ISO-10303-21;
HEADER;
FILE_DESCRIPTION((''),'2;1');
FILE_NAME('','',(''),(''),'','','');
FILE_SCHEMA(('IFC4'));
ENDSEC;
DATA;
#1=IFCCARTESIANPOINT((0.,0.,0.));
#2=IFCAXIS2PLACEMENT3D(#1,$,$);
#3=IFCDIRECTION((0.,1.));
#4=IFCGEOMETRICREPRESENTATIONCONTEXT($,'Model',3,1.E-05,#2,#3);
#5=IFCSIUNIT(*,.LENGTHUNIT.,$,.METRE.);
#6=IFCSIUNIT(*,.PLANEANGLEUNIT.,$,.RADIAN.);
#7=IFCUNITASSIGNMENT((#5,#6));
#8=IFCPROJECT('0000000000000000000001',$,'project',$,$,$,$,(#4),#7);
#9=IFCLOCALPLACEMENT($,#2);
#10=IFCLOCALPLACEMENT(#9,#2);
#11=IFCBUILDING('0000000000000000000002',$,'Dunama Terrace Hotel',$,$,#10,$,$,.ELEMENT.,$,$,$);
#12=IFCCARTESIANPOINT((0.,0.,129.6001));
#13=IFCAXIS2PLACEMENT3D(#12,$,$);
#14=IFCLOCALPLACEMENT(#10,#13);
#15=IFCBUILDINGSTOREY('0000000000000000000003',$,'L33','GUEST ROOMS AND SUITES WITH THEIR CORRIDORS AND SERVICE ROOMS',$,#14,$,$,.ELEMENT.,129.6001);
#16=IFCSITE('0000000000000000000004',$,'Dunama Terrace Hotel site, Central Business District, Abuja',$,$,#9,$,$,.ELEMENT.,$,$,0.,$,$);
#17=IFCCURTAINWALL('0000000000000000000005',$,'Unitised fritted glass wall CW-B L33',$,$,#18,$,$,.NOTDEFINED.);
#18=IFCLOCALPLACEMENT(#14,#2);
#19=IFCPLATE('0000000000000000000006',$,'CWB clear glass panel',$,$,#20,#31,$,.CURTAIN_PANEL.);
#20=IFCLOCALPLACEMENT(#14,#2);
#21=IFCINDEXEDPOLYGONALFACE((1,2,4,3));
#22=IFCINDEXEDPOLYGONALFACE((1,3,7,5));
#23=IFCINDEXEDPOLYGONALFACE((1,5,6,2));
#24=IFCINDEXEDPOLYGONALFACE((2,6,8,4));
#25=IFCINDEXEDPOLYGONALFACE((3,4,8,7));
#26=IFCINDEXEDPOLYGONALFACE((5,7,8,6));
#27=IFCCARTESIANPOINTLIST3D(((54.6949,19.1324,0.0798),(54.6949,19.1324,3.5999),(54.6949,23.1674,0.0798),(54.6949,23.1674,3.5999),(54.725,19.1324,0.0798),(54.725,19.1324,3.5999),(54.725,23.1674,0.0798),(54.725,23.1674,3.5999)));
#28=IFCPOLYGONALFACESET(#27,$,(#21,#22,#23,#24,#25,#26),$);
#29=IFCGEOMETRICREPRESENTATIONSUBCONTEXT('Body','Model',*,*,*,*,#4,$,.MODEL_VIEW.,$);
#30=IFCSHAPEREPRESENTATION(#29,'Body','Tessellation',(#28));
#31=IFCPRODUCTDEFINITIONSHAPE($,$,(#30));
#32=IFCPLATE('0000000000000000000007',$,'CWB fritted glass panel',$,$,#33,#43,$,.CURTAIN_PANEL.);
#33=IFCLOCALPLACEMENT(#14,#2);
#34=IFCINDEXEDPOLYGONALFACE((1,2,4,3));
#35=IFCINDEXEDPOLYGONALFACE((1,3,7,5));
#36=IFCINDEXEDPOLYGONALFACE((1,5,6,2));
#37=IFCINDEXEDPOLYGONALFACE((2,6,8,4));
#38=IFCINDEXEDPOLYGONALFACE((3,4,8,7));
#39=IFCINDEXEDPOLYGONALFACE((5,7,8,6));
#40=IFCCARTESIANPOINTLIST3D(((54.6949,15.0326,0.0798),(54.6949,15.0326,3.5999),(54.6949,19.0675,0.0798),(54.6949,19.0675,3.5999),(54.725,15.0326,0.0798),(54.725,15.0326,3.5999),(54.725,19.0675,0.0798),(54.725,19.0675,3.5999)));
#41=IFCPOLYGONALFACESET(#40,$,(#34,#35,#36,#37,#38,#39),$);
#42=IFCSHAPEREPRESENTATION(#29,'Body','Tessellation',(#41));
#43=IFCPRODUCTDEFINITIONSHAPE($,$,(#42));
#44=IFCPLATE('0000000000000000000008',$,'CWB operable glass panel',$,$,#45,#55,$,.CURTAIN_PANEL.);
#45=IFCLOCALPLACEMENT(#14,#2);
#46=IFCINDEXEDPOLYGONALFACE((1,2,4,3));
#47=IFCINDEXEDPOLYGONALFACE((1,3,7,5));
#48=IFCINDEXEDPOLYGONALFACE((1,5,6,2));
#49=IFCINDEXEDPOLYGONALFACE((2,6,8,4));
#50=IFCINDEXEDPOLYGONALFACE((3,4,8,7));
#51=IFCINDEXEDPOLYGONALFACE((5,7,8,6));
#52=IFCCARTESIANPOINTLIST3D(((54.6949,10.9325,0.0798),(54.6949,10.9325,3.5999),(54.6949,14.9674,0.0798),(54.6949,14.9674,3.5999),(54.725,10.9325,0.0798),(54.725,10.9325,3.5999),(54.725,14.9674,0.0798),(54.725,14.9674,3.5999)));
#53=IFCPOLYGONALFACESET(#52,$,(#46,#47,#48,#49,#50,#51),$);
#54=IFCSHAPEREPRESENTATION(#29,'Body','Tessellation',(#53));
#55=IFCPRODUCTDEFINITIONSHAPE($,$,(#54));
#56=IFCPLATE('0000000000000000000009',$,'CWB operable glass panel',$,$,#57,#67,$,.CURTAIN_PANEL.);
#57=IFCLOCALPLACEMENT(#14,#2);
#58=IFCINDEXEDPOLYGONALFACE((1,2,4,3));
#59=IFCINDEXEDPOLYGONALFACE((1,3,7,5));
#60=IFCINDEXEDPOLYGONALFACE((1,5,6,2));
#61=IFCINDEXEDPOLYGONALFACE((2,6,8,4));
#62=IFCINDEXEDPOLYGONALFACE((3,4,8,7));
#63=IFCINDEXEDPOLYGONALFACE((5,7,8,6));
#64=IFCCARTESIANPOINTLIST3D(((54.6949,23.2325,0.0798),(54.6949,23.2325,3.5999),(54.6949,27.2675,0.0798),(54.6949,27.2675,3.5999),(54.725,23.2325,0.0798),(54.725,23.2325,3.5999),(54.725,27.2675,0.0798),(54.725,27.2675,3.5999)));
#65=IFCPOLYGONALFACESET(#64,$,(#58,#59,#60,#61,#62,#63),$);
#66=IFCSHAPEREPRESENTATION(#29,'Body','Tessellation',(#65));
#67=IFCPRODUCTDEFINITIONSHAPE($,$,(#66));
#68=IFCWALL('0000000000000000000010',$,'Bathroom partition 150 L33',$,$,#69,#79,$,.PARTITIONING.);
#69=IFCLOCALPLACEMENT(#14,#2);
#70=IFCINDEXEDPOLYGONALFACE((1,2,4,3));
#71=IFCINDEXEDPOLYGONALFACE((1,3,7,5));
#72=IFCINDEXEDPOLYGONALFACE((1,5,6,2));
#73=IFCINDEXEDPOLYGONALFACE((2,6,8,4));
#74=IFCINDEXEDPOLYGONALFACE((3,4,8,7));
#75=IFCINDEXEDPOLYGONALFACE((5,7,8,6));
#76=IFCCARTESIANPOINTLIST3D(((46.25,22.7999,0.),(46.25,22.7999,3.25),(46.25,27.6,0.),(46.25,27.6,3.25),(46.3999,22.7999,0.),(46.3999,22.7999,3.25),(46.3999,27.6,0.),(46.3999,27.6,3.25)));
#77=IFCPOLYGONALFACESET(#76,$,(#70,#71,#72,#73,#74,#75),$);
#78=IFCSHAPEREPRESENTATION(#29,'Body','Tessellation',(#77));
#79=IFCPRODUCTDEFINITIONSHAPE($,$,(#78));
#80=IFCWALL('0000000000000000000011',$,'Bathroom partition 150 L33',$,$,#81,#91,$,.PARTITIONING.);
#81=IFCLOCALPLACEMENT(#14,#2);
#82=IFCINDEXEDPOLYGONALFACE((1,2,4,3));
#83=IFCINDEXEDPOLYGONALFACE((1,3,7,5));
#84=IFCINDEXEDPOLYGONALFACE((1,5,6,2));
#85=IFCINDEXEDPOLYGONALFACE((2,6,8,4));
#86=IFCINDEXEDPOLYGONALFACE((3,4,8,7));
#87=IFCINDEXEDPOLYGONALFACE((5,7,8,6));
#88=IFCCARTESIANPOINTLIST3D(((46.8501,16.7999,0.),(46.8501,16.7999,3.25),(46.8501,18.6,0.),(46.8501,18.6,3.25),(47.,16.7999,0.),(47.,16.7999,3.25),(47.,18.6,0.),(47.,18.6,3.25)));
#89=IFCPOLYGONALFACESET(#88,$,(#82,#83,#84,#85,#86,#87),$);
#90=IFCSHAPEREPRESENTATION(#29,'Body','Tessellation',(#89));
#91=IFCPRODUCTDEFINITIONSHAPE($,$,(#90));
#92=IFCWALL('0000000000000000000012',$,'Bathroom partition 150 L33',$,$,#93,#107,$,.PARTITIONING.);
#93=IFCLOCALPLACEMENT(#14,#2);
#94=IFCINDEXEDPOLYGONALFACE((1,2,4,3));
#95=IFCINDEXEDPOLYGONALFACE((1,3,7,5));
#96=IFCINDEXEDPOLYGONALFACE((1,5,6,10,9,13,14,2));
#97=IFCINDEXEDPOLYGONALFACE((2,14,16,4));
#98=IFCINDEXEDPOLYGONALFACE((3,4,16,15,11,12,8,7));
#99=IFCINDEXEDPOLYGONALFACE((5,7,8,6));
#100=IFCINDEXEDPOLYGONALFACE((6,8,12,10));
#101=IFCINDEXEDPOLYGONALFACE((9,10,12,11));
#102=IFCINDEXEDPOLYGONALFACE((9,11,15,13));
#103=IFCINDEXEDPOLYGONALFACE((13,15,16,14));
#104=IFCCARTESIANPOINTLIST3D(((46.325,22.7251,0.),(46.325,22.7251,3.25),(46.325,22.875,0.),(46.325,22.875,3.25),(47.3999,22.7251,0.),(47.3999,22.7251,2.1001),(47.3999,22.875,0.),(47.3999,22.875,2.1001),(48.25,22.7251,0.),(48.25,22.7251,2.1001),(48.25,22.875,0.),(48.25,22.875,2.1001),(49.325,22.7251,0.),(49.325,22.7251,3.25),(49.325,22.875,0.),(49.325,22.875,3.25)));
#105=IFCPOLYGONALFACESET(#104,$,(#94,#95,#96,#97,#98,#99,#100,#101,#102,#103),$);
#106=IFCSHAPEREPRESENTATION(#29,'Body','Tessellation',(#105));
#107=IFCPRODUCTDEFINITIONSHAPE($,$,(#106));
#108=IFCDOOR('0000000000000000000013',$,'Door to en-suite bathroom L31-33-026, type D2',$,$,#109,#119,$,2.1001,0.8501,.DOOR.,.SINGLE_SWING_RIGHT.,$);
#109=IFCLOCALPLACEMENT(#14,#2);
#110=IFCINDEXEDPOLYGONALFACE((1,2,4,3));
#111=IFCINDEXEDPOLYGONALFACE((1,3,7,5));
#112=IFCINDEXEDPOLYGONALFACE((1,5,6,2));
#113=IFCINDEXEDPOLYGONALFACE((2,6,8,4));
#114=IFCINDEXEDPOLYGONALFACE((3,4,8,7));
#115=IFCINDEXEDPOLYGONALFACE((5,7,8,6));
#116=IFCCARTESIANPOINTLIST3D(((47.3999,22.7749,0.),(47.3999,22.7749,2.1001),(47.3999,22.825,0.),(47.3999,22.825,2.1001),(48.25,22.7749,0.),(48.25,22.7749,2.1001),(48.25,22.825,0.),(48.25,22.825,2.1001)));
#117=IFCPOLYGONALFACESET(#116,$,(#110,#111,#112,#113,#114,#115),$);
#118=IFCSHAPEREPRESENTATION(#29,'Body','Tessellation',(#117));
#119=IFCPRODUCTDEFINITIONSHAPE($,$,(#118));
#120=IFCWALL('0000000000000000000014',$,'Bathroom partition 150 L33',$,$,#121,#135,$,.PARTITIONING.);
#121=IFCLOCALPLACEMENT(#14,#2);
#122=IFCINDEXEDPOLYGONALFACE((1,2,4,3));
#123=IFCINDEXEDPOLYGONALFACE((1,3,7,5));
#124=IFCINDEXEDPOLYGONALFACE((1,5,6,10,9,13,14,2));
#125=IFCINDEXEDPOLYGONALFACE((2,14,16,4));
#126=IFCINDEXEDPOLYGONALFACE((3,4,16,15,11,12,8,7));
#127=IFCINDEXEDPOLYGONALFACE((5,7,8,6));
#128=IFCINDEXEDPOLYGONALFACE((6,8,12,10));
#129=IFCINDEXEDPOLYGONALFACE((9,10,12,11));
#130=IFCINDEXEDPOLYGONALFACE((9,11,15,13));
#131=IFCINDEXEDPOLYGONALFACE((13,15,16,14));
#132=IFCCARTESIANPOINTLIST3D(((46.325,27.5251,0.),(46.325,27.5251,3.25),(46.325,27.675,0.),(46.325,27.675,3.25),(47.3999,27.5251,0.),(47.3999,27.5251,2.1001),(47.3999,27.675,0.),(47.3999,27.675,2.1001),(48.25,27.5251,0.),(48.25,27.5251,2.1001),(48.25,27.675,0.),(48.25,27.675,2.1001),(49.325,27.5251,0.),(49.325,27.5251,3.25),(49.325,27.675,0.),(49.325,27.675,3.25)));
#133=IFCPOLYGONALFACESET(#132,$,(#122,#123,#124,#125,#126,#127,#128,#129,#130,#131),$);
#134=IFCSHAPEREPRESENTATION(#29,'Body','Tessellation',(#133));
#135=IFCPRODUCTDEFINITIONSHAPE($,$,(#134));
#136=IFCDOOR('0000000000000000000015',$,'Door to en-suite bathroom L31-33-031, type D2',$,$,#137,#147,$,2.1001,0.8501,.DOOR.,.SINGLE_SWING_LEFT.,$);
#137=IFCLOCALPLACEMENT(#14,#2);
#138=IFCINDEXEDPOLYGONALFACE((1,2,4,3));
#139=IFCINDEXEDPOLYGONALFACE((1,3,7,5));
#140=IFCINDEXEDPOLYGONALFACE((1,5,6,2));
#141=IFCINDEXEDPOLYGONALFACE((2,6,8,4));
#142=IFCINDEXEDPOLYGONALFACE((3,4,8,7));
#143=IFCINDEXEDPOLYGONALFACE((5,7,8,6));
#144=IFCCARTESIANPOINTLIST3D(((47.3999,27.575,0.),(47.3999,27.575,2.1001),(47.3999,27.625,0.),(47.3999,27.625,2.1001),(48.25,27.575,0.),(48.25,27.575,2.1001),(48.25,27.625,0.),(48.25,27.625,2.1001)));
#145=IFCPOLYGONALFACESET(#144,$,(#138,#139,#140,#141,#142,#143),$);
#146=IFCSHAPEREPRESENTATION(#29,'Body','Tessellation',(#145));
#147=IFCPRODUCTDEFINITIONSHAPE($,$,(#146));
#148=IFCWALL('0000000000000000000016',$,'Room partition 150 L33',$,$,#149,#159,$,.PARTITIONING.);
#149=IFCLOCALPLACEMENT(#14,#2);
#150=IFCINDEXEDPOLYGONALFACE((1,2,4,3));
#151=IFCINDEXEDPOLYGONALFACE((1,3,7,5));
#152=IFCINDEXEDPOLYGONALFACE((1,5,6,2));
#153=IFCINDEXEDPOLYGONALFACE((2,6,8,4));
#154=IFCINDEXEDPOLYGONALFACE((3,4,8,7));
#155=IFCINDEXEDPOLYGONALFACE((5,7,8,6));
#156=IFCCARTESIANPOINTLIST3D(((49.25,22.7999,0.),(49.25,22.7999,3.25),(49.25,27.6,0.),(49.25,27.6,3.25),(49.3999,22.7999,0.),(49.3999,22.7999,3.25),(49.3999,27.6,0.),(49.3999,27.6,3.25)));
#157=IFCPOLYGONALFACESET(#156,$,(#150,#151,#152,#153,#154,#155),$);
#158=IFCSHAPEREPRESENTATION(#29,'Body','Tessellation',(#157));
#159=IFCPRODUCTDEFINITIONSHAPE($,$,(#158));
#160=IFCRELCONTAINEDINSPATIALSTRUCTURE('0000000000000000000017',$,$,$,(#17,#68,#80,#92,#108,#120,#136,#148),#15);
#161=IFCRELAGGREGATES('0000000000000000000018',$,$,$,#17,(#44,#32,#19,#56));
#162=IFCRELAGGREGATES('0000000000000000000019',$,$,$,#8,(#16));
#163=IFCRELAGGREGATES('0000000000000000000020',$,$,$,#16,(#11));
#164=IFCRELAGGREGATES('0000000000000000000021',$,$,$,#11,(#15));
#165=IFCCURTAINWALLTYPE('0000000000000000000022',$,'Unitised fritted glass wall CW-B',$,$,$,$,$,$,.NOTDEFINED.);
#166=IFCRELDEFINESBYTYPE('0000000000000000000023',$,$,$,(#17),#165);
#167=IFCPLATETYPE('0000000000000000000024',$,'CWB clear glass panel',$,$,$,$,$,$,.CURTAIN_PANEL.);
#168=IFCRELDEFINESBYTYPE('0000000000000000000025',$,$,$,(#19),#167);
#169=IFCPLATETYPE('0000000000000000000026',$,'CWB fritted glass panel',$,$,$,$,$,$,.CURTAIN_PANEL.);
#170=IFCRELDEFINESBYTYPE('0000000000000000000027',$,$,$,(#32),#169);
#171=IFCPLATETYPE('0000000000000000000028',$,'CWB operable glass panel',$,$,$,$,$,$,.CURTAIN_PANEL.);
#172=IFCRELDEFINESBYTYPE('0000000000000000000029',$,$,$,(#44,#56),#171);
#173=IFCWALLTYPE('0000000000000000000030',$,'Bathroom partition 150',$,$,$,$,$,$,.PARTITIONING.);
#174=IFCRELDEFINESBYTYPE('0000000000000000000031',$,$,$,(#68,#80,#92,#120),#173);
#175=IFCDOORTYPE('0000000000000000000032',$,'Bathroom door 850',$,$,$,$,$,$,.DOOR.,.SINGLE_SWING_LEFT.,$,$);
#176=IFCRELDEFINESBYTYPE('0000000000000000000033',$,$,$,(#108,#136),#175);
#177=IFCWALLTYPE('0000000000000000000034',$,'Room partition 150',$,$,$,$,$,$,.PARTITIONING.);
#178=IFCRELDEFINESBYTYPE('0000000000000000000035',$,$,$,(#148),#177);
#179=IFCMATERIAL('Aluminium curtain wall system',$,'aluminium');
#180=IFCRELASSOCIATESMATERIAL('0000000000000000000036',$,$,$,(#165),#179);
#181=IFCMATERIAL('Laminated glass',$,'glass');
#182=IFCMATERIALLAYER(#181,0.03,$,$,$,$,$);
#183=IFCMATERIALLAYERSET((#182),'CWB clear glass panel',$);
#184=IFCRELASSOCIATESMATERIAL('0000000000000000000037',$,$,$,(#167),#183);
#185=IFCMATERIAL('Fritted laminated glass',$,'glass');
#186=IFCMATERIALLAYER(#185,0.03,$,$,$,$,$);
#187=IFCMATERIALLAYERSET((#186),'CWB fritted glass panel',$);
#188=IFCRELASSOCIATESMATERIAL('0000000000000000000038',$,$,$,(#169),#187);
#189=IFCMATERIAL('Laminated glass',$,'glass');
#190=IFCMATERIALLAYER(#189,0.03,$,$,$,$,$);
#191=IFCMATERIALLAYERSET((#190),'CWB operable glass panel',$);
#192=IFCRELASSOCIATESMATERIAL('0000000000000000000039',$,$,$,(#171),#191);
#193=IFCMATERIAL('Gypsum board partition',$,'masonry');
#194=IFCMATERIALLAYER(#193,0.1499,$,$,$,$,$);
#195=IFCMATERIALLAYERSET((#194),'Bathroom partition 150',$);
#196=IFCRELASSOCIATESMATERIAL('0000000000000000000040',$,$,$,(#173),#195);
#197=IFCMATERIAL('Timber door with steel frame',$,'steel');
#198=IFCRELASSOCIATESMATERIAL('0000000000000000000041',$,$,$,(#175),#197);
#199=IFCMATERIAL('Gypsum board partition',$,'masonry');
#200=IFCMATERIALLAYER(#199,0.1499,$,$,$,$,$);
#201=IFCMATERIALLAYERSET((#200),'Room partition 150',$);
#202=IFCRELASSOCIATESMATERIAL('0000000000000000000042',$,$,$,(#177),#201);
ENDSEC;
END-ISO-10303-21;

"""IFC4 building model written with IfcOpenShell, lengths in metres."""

from ifc_helpers import new_model, si_unit, direction, frame, frame_2d, origin, origin_2d, place, context, subcontext, project, spatial, rectangle, extrude, material, layer, layer_set, type_object, element, fill, aggregate, save


model = new_model("IFC4")

# Units and contexts
model_context = context("Model", 3, precision=1e-05, world=origin(), true_north=direction((0.0, 1.0)))
body_context = subcontext(model_context, "Body", "Model", "MODEL_VIEW")
ifc_project = project(units=[si_unit("LENGTHUNIT", "METRE"), si_unit("PLANEANGLEUNIT", "RADIAN")], contexts=[model_context])

# Site, building, storey
site_placement = place(None, origin())
site = spatial("IfcSite", under=ifc_project, at=site_placement, Name="Dunama Terrace Hotel site, Central Business District, Abuja", CompositionType="ELEMENT", RefElevation=0.0)
building_placement = place(site_placement, origin())
building = spatial("IfcBuilding", under=site, at=building_placement, Name="Dunama Terrace Hotel", CompositionType="ELEMENT")
storey_placement = place(building_placement, frame((0.0, 0.0, 129.6001)))
storey = spatial("IfcBuildingStorey", under=building, at=storey_placement, Name="L33", Description="GUEST ROOMS AND SUITES WITH THEIR CORRIDORS AND SERVICE ROOMS", CompositionType="ELEMENT", Elevation=129.6001)

# Curtain wall
ifc_material_1 = material(Name="Aluminium curtain wall system", Category="aluminium")
curtain_wall_type = type_object("IfcCurtainWallType", Name="Unitised fritted glass wall CW-B", PredefinedType="NOTDEFINED", material=ifc_material_1)
curtain_wall_placement = place(storey_placement, origin())
curtain_wall = element("IfcCurtainWall", 1, at=curtain_wall_placement, inside=storey, type_object=curtain_wall_type, Name="Unitised fritted glass wall CW-B L33", PredefinedType="NOTDEFINED")

# Plates
ifc_material_2 = material(Name="Laminated glass", Category="glass")
ifc_layer_1 = layer(ifc_material_2, 0.03)
ifc_layer_set_1 = layer_set([ifc_layer_1], Name="CWB clear glass panel")
plate_type_1 = type_object("IfcPlateType", Name="CWB clear glass panel", PredefinedType="CURTAIN_PANEL", material=ifc_layer_set_1)
plate_1_placement = place(storey_placement, frame((54.71, 21.1499, 0.0798), z_axis=(0.0, 0.0, 1.0), x_axis=(0.0, 1.0, 0.0)))
plate_1 = element("IfcPlate", 2, at=plate_1_placement, type_object=plate_type_1, Name="CWB clear glass panel", PredefinedType="CURTAIN_PANEL", context=body_context, shape_type="SweptSolid", body=[
    extrude(rectangle(XDim=4.0349, YDim=0.03, at=origin_2d()), origin(), (0.0, 0.0, 1.0), 3.52),
])
ifc_material_3 = material(Name="Fritted laminated glass", Category="glass")
ifc_layer_2 = layer(ifc_material_3, 0.03)
ifc_layer_set_2 = layer_set([ifc_layer_2], Name="CWB fritted glass panel")
plate_type_2 = type_object("IfcPlateType", Name="CWB fritted glass panel", PredefinedType="CURTAIN_PANEL", material=ifc_layer_set_2)
plate_2_placement = place(storey_placement, frame((54.71, 17.05, 0.0798), z_axis=(0.0, 0.0, 1.0), x_axis=(0.0, 1.0, 0.0)))
plate_2 = element("IfcPlate", 3, at=plate_2_placement, type_object=plate_type_2, Name="CWB fritted glass panel", PredefinedType="CURTAIN_PANEL", context=body_context, shape_type="SweptSolid", body=[
    extrude(rectangle(XDim=4.0349, YDim=0.03, at=origin_2d()), origin(), (0.0, 0.0, 1.0), 3.52),
])
ifc_material_4 = material(Name="Laminated glass", Category="glass")
ifc_layer_3 = layer(ifc_material_4, 0.03)
ifc_layer_set_3 = layer_set([ifc_layer_3], Name="CWB operable glass panel")
plate_type_3 = type_object("IfcPlateType", Name="CWB operable glass panel", PredefinedType="CURTAIN_PANEL", material=ifc_layer_set_3)
plate_3_placement = place(storey_placement, frame((54.71, 12.95, 0.0798), z_axis=(0.0, 0.0, 1.0), x_axis=(0.0, 1.0, 0.0)))
plate_3 = element("IfcPlate", 4, at=plate_3_placement, type_object=plate_type_3, Name="CWB operable glass panel", PredefinedType="CURTAIN_PANEL", context=body_context, shape_type="SweptSolid", body=[
    extrude(rectangle(XDim=4.0349, YDim=0.03, at=origin_2d()), origin(), (0.0, 0.0, 1.0), 3.52),
])
plate_4_placement = place(storey_placement, frame((54.71, 25.25, 0.0798), z_axis=(0.0, 0.0, 1.0), x_axis=(0.0, 1.0, 0.0)))
plate_4 = element("IfcPlate", 5, at=plate_4_placement, type_object=plate_type_3, Name="CWB operable glass panel", PredefinedType="CURTAIN_PANEL", context=body_context, shape_type="SweptSolid", body=[
    extrude(rectangle(XDim=4.0349, YDim=0.03, at=origin_2d()), origin(), (0.0, 0.0, 1.0), 3.52),
])
aggregate(curtain_wall, [plate_3, plate_2, plate_1, plate_4])

# Walls
ifc_material_5 = material(Name="Gypsum board partition", Category="masonry")
ifc_layer_4 = layer(ifc_material_5, 0.1499)
ifc_layer_set_4 = layer_set([ifc_layer_4], Name="Bathroom partition 150")
wall_type_1 = type_object("IfcWallType", Name="Bathroom partition 150", PredefinedType="PARTITIONING", material=ifc_layer_set_4)
wall_1_placement = place(storey_placement, frame((46.325, 22.8, 0.0), z_axis=(0.0, 0.0, 1.0), x_axis=(0.0, 1.0, 0.0)))
element("IfcWall", 6, at=wall_1_placement, inside=storey, type_object=wall_type_1, Name="Bathroom partition 150 L33", PredefinedType="PARTITIONING", context=body_context, shape_type="SweptSolid", body=[
    extrude(rectangle(XDim=4.8, YDim=0.1499, at=frame_2d((2.3999, 0.0))), origin(), (0.0, 0.0, 1.0), 3.25),
])
wall_2_placement = place(storey_placement, frame((46.925, 16.8, 0.0), z_axis=(0.0, 0.0, 1.0), x_axis=(0.0, 1.0, 0.0)))
element("IfcWall", 7, at=wall_2_placement, inside=storey, type_object=wall_type_1, Name="Bathroom partition 150 L33", PredefinedType="PARTITIONING", context=body_context, shape_type="SweptSolid", body=[
    extrude(rectangle(XDim=1.8, YDim=0.1499, at=frame_2d((0.8999, 0.0))), origin(), (0.0, 0.0, 1.0), 3.25),
])

# Walls, openings, doors
wall_3_placement = place(storey_placement, frame((46.325, 22.8, 0.0), z_axis=(0.0, 0.0, 1.0), x_axis=(1.0, 0.0, 0.0)))
wall_3 = element("IfcWall", 8, at=wall_3_placement, inside=storey, type_object=wall_type_1, Name="Bathroom partition 150 L33", PredefinedType="PARTITIONING", context=body_context, shape_type="SweptSolid", body=[
    extrude(rectangle(XDim=3.0, YDim=0.1499, at=frame_2d((1.5, 0.0))), origin(), (0.0, 0.0, 1.0), 3.25),
])
opening_1_placement = place(wall_3_placement, frame((1.075, 0.0, 0.0)))
opening_1 = element("IfcOpeningElement", 9, at=opening_1_placement, cuts=wall_3, PredefinedType="OPENING", context=body_context, shape_type="SweptSolid", body=[
    extrude(rectangle(XDim=0.8501, YDim=2.1001, at=frame_2d((0.425, 1.05))), frame((0.0, 0.085, 0.0), z_axis=(0.0, -1.0, 0.0), x_axis=(1.0, 0.0, 0.0)), (0.0, 0.0, 1.0), 0.1699),
])
ifc_material_6 = material(Name="Timber door with steel frame", Category="steel")
door_type_1 = type_object("IfcDoorType", Name="Bathroom door 850", OperationType="SINGLE_SWING_LEFT", PredefinedType="DOOR", material=ifc_material_6)
door_1_placement = place(opening_1_placement, origin())
door_1 = element("IfcDoor", 10, at=door_1_placement, inside=storey, type_object=door_type_1, Name="Door to en-suite bathroom L31-33-026, type D2", OperationType="SINGLE_SWING_RIGHT", OverallHeight=2.1001, OverallWidth=0.8501, PredefinedType="DOOR", context=body_context, shape_type="SweptSolid", body=[
    extrude(rectangle(XDim=0.8501, YDim=2.1001, at=frame_2d((0.425, 1.05))), frame((0.0, 0.0249, 0.0), z_axis=(0.0, -1.0, 0.0), x_axis=(1.0, 0.0, 0.0)), (0.0, 0.0, 1.0), 0.05),
])
fill(opening_1, door_1)
wall_4_placement = place(storey_placement, frame((46.325, 27.6001, 0.0), z_axis=(0.0, 0.0, 1.0), x_axis=(1.0, 0.0, 0.0)))
wall_4 = element("IfcWall", 11, at=wall_4_placement, inside=storey, type_object=wall_type_1, Name="Bathroom partition 150 L33", PredefinedType="PARTITIONING", context=body_context, shape_type="SweptSolid", body=[
    extrude(rectangle(XDim=3.0, YDim=0.1499, at=frame_2d((1.5, 0.0))), origin(), (0.0, 0.0, 1.0), 3.25),
])
opening_2_placement = place(wall_4_placement, frame((1.075, 0.0, 0.0)))
opening_2 = element("IfcOpeningElement", 12, at=opening_2_placement, cuts=wall_4, PredefinedType="OPENING", context=body_context, shape_type="SweptSolid", body=[
    extrude(rectangle(XDim=0.8501, YDim=2.1001, at=frame_2d((0.425, 1.05))), frame((0.0, 0.085, 0.0), z_axis=(0.0, -1.0, 0.0), x_axis=(1.0, 0.0, 0.0)), (0.0, 0.0, 1.0), 0.1699),
])
door_2_placement = place(opening_2_placement, frame((0.8501, 0.0, 0.0), z_axis=(0.0, 0.0, 1.0), x_axis=(-1.0, 0.0, 0.0)))
door_2 = element("IfcDoor", 13, at=door_2_placement, inside=storey, type_object=door_type_1, Name="Door to en-suite bathroom L31-33-031, type D2", OperationType="SINGLE_SWING_LEFT", OverallHeight=2.1001, OverallWidth=0.8501, PredefinedType="DOOR", context=body_context, shape_type="SweptSolid", body=[
    extrude(rectangle(XDim=0.8501, YDim=2.1001, at=frame_2d((0.425, 1.05))), frame((0.0, 0.0251, 0.0), z_axis=(0.0, -1.0, 0.0), x_axis=(1.0, 0.0, 0.0)), (0.0, 0.0, 1.0), 0.05),
])
fill(opening_2, door_2)

# Wall
ifc_material_7 = material(Name="Gypsum board partition", Category="masonry")
ifc_layer_5 = layer(ifc_material_7, 0.1499)
ifc_layer_set_5 = layer_set([ifc_layer_5], Name="Room partition 150")
wall_type_2 = type_object("IfcWallType", Name="Room partition 150", PredefinedType="PARTITIONING", material=ifc_layer_set_5)
wall_5_placement = place(storey_placement, frame((49.325, 22.8, 0.0), z_axis=(0.0, 0.0, 1.0), x_axis=(0.0, 1.0, 0.0)))
element("IfcWall", 14, at=wall_5_placement, inside=storey, type_object=wall_type_2, Name="Room partition 150 L33", PredefinedType="PARTITIONING", context=body_context, shape_type="SweptSolid", body=[
    extrude(rectangle(XDim=4.8, YDim=0.1499, at=frame_2d((2.3999, 0.0))), origin(), (0.0, 0.0, 1.0), 3.25),
])

save(model, "model.ifc")
